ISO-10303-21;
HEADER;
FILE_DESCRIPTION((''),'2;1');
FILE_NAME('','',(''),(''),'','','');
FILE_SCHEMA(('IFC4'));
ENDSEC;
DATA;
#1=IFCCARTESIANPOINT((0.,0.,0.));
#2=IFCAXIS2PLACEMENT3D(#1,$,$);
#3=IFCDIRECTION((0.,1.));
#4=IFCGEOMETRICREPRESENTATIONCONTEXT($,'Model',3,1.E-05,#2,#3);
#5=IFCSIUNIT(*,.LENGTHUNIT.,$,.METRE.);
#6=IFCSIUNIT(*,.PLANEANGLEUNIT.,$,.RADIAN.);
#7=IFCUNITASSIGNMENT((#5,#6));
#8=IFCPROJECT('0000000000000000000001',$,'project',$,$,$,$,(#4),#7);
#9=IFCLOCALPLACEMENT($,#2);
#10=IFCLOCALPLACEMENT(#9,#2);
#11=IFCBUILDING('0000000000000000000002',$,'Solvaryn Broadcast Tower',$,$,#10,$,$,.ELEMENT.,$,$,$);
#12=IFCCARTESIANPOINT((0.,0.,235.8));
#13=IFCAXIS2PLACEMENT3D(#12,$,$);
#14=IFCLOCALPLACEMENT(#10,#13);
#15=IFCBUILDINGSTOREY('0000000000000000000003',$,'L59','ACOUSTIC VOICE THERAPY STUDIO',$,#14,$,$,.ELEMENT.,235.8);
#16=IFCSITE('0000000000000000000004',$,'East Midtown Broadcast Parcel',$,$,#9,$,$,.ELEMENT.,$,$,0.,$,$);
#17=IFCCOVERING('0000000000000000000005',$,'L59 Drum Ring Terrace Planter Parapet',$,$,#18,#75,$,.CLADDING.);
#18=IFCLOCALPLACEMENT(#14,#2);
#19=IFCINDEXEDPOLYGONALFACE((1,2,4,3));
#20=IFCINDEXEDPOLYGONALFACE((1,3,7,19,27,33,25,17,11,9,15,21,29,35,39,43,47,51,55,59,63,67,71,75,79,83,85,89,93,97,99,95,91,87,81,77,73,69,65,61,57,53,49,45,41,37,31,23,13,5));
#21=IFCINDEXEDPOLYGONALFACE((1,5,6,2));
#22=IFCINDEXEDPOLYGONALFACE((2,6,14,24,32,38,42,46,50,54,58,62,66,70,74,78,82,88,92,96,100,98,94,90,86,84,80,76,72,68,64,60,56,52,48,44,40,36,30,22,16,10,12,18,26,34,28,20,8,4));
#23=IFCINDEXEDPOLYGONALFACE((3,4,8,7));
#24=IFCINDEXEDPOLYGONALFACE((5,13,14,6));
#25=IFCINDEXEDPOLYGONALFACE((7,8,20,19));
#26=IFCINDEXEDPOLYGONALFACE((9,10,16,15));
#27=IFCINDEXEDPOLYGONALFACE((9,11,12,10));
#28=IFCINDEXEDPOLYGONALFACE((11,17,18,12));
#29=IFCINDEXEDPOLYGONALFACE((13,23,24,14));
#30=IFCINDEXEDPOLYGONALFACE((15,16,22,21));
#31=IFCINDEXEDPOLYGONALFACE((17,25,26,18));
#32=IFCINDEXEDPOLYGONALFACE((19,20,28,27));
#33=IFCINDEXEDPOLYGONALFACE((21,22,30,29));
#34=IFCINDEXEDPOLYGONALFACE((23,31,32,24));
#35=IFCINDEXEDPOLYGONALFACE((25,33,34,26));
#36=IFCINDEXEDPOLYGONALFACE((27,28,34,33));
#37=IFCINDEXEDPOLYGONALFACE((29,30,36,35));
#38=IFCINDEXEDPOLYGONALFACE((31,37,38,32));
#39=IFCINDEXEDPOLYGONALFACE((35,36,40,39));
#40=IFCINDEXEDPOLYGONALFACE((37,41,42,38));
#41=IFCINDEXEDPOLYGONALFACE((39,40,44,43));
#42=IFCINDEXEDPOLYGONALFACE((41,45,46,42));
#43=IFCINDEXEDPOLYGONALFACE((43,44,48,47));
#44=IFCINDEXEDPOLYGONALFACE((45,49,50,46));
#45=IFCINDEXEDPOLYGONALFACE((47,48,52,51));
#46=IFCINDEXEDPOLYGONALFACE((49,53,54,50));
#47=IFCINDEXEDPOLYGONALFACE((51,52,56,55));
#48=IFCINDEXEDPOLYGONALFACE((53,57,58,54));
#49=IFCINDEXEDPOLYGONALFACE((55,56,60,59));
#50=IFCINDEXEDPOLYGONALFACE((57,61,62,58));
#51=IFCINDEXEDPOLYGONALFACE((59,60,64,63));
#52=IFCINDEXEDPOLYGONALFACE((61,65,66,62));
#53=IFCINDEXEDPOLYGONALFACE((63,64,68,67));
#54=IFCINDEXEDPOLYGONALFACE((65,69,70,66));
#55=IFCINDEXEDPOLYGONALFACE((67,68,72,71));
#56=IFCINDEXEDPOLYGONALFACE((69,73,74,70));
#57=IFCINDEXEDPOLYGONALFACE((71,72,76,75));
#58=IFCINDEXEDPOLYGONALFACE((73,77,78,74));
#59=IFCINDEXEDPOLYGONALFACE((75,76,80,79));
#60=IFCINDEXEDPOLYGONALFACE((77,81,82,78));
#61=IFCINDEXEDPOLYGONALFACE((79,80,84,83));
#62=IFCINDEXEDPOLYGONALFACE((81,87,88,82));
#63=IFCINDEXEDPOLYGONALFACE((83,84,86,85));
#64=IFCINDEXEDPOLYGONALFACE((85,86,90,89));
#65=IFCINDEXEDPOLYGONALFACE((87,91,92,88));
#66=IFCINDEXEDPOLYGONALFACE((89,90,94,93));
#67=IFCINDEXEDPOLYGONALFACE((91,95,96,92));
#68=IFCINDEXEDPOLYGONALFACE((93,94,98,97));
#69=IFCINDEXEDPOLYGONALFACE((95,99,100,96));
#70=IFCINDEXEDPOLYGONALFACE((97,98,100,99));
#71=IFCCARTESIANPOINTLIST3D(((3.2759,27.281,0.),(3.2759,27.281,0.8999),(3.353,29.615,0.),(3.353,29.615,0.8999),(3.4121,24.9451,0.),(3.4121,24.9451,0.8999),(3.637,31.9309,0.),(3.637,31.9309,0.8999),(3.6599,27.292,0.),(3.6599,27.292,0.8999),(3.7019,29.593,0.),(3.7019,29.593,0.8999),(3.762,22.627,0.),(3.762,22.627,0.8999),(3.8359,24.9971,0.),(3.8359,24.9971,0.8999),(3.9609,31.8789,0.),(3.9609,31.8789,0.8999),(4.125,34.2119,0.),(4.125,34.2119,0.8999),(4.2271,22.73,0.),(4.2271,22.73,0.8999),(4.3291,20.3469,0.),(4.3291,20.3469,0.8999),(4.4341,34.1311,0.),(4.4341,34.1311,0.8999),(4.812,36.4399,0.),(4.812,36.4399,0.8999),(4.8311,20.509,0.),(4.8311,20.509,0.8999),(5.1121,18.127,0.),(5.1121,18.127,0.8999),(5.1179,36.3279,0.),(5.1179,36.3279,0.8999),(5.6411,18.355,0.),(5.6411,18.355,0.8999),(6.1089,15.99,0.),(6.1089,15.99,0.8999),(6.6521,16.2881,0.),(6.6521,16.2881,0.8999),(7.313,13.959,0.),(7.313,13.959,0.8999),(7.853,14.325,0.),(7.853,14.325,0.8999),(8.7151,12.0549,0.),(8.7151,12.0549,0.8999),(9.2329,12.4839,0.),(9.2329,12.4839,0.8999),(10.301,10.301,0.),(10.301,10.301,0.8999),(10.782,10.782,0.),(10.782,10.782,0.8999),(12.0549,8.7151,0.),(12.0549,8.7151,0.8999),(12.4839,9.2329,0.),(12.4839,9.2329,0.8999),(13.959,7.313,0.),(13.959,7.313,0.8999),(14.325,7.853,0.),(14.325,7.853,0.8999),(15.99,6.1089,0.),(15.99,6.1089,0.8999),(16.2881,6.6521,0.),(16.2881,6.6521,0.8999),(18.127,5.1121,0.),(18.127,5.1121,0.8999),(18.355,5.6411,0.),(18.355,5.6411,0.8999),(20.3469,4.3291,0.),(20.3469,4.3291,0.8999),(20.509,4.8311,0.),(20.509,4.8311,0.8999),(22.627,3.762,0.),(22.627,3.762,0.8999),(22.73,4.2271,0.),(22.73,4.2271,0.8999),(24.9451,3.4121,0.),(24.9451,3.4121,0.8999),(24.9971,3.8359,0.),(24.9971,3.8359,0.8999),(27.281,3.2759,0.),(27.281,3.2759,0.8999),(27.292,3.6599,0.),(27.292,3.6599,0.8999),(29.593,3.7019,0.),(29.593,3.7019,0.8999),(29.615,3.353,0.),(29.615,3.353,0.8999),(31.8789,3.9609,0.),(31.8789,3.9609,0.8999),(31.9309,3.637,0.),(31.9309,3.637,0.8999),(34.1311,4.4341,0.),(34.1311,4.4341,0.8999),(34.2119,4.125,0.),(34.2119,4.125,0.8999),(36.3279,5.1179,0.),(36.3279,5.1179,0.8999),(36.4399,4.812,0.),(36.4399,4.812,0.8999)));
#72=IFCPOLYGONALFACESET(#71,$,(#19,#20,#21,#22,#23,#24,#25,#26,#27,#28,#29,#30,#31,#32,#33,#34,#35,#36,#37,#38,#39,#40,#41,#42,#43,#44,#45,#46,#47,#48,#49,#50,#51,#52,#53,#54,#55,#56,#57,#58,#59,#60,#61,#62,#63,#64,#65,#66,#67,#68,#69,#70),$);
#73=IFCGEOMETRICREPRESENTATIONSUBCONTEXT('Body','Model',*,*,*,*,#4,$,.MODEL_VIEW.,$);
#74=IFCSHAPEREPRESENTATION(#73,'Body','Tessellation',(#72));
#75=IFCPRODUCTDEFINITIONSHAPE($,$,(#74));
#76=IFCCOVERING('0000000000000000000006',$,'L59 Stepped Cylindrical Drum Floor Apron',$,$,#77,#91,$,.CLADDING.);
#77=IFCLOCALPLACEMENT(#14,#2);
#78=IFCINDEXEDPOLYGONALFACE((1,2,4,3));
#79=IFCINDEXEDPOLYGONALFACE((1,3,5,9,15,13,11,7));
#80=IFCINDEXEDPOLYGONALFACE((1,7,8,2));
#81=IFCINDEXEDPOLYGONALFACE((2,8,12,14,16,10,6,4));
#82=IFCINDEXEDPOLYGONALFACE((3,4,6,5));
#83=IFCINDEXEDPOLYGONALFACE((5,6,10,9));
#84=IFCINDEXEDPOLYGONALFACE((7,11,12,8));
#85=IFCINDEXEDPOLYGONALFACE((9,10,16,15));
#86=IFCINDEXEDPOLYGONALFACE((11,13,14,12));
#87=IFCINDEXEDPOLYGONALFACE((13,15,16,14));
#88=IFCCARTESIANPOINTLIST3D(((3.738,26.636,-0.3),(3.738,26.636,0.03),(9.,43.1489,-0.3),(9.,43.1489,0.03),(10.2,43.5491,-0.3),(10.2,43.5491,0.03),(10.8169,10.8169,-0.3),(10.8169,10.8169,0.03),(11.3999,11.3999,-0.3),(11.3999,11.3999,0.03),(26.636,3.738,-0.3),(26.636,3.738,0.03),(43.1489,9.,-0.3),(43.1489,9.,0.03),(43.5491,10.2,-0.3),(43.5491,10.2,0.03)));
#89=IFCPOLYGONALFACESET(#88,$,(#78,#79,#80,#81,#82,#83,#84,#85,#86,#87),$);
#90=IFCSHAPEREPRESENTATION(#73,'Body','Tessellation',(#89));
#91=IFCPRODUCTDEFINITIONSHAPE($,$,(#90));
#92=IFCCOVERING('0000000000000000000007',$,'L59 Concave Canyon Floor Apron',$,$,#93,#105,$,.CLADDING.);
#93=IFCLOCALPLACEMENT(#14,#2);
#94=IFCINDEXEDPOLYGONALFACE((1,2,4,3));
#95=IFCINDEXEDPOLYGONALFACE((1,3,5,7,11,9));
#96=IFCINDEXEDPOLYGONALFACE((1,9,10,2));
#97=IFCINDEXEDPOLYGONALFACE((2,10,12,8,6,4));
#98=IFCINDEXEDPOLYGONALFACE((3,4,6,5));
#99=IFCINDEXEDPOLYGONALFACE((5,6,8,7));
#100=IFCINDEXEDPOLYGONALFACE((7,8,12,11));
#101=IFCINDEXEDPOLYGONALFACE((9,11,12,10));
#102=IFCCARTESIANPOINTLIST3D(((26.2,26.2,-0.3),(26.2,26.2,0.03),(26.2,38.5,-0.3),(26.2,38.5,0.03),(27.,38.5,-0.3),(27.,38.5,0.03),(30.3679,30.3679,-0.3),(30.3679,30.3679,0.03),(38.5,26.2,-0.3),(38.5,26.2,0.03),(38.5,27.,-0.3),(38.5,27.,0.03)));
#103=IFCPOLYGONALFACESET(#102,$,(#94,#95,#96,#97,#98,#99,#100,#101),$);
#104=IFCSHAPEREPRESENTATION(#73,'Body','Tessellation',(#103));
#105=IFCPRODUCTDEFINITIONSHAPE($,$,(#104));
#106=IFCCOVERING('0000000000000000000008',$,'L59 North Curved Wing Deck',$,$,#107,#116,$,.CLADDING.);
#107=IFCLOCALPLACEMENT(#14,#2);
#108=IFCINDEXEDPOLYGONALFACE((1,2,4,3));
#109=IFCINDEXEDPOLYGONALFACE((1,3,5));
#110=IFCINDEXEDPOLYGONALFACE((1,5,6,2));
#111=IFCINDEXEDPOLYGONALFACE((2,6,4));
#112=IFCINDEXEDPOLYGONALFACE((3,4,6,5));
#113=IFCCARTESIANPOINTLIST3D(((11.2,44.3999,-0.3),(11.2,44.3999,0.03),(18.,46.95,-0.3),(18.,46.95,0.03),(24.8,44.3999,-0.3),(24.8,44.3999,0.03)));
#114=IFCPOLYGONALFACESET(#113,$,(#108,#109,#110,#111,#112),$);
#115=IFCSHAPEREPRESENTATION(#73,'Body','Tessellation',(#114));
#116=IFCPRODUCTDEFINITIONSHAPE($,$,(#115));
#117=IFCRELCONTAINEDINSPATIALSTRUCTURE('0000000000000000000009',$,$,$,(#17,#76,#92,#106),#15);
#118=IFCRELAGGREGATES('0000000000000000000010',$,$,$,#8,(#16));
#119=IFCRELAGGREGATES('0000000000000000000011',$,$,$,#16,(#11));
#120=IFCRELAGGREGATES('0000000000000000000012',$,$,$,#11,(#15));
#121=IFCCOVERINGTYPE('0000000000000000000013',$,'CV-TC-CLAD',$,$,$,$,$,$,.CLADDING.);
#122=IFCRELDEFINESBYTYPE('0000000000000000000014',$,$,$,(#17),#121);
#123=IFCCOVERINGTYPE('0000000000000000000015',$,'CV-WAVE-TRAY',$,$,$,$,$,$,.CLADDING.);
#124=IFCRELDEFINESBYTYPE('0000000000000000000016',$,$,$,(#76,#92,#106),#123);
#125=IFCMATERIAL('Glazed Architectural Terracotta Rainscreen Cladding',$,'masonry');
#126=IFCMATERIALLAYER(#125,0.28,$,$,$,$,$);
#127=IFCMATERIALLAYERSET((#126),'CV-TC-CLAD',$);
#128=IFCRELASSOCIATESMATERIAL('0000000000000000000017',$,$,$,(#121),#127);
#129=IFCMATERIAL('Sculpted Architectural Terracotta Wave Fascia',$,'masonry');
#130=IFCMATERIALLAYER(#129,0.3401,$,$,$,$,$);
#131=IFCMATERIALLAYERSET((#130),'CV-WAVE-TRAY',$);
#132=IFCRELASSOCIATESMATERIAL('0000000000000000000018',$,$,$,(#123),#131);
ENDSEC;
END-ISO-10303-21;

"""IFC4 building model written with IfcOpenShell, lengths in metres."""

from ifc_helpers import new_model, si_unit, direction, frame, origin, place, context, subcontext, project, spatial, polyline, outline, extrude, material, layer, layer_set, type_object, element, save


model = new_model("IFC4")

# Units and contexts
model_context = context("Model", 3, precision=1e-05, world=origin(), true_north=direction((0.0, 1.0)))
body_context = subcontext(model_context, "Body", "Model", "MODEL_VIEW")
ifc_project = project(units=[si_unit("LENGTHUNIT", "METRE"), si_unit("PLANEANGLEUNIT", "RADIAN")], contexts=[model_context])

# Site, building, storey
site_placement = place(None, origin())
site = spatial("IfcSite", under=ifc_project, at=site_placement, Name="East Midtown Broadcast Parcel", CompositionType="ELEMENT", RefElevation=0.0)
building_placement = place(site_placement, origin())
building = spatial("IfcBuilding", under=site, at=building_placement, Name="Solvaryn Broadcast Tower", CompositionType="ELEMENT")
storey_placement = place(building_placement, frame((0.0, 0.0, 235.8)))
storey = spatial("IfcBuildingStorey", under=building, at=storey_placement, Name="L59", Description="ACOUSTIC VOICE THERAPY STUDIO", CompositionType="ELEMENT", Elevation=235.8)

# Coverings
ifc_material_1 = material(Name="Glazed Architectural Terracotta Rainscreen Cladding", Category="masonry")
ifc_layer_1 = layer(ifc_material_1, 0.28)
ifc_layer_set_1 = layer_set([ifc_layer_1], Name="CV-TC-CLAD")
covering_type_1 = type_object("IfcCoveringType", Name="CV-TC-CLAD", PredefinedType="CLADDING", material=ifc_layer_set_1)
covering_1_placement = place(storey_placement, origin())
element("IfcCovering", 1, at=covering_1_placement, inside=storey, type_object=covering_type_1, Name="L59 Drum Ring Terrace Planter Parapet", PredefinedType="CLADDING", context=body_context, shape_type="SweptSolid", body=[
    extrude(outline(polyline([(4.812, 36.4399), (4.125, 34.2119), (3.637, 31.9309), (3.353, 29.615), (3.2759, 27.281), (3.4121, 24.9451), (3.762, 22.627), (4.3291, 20.3469), (5.1121, 18.127), (6.1089, 15.99), (7.313, 13.959), (8.7151, 12.0549), (10.301, 10.301), (12.0549, 8.7151), (13.959, 7.313), (15.99, 6.1089), (18.127, 5.1121), (20.3469, 4.3291), (22.627, 3.762), (24.9451, 3.4121), (27.281, 3.2759), (29.615, 3.353), (31.9309, 3.637), (34.2119, 4.125), (36.4399, 4.812), (36.3279, 5.1179), (34.1311, 4.4341), (31.8789, 3.9609), (29.593, 3.7019), (27.292, 3.6599), (24.9971, 3.8359), (22.73, 4.2271), (20.509, 4.8311), (18.355, 5.6411), (16.2881, 6.6521), (14.325, 7.853), (12.4839, 9.2329), (10.782, 10.782), (9.2329, 12.4839), (7.853, 14.325), (6.6521, 16.2881), (5.6411, 18.355), (4.8311, 20.509), (4.2271, 22.73), (3.8359, 24.9971), (3.6599, 27.292), (3.7019, 29.593), (3.9609, 31.8789), (4.4341, 34.1311), (5.1179, 36.3279), (4.812, 36.4399)])), origin(), (0.0, 0.0, 1.0), 0.8999),
])
ifc_material_2 = material(Name="Sculpted Architectural Terracotta Wave Fascia", Category="masonry")
ifc_layer_2 = layer(ifc_material_2, 0.3401)
ifc_layer_set_2 = layer_set([ifc_layer_2], Name="CV-WAVE-TRAY")
covering_type_2 = type_object("IfcCoveringType", Name="CV-WAVE-TRAY", PredefinedType="CLADDING", material=ifc_layer_set_2)
covering_2_placement = place(storey_placement, frame((0.0, 0.0, -0.3)))
element("IfcCovering", 2, at=covering_2_placement, inside=storey, type_object=covering_type_2, Name="L59 Stepped Cylindrical Drum Floor Apron", PredefinedType="CLADDING", context=body_context, shape_type="SweptSolid", body=[
    extrude(outline(polyline([(10.2, 43.5491), (9.0, 43.1489), (3.738, 26.636), (10.8169, 10.8169), (26.636, 3.738), (43.1489, 9.0), (43.1489, 9.0), (43.5491, 10.2), (11.3999, 11.3999), (10.2, 43.5491)])), origin(), (0.0, 0.0, 1.0), 0.3301),
])
covering_3_placement = place(storey_placement, frame((0.0, 0.0, -0.3)))
element("IfcCovering", 3, at=covering_3_placement, inside=storey, type_object=covering_type_2, Name="L59 Concave Canyon Floor Apron", PredefinedType="CLADDING", context=body_context, shape_type="SweptSolid", body=[
    extrude(outline(polyline([(26.2, 26.2), (38.5, 26.2), (38.5, 27.0), (30.3679, 30.3679), (27.0, 38.5), (26.2, 38.5), (26.2, 26.2)])), origin(), (0.0, 0.0, 1.0), 0.3301),
])
covering_4_placement = place(storey_placement, frame((0.0, 0.0, -0.3)))
element("IfcCovering", 4, at=covering_4_placement, inside=storey, type_object=covering_type_2, Name="L59 North Curved Wing Deck", PredefinedType="CLADDING", context=body_context, shape_type="SweptSolid", body=[
    extrude(outline(polyline([(11.2, 44.3999), (24.8, 44.3999), (18.0, 46.95), (11.2, 44.3999)])), origin(), (0.0, 0.0, 1.0), 0.3301),
])

save(model, "model.ifc")
